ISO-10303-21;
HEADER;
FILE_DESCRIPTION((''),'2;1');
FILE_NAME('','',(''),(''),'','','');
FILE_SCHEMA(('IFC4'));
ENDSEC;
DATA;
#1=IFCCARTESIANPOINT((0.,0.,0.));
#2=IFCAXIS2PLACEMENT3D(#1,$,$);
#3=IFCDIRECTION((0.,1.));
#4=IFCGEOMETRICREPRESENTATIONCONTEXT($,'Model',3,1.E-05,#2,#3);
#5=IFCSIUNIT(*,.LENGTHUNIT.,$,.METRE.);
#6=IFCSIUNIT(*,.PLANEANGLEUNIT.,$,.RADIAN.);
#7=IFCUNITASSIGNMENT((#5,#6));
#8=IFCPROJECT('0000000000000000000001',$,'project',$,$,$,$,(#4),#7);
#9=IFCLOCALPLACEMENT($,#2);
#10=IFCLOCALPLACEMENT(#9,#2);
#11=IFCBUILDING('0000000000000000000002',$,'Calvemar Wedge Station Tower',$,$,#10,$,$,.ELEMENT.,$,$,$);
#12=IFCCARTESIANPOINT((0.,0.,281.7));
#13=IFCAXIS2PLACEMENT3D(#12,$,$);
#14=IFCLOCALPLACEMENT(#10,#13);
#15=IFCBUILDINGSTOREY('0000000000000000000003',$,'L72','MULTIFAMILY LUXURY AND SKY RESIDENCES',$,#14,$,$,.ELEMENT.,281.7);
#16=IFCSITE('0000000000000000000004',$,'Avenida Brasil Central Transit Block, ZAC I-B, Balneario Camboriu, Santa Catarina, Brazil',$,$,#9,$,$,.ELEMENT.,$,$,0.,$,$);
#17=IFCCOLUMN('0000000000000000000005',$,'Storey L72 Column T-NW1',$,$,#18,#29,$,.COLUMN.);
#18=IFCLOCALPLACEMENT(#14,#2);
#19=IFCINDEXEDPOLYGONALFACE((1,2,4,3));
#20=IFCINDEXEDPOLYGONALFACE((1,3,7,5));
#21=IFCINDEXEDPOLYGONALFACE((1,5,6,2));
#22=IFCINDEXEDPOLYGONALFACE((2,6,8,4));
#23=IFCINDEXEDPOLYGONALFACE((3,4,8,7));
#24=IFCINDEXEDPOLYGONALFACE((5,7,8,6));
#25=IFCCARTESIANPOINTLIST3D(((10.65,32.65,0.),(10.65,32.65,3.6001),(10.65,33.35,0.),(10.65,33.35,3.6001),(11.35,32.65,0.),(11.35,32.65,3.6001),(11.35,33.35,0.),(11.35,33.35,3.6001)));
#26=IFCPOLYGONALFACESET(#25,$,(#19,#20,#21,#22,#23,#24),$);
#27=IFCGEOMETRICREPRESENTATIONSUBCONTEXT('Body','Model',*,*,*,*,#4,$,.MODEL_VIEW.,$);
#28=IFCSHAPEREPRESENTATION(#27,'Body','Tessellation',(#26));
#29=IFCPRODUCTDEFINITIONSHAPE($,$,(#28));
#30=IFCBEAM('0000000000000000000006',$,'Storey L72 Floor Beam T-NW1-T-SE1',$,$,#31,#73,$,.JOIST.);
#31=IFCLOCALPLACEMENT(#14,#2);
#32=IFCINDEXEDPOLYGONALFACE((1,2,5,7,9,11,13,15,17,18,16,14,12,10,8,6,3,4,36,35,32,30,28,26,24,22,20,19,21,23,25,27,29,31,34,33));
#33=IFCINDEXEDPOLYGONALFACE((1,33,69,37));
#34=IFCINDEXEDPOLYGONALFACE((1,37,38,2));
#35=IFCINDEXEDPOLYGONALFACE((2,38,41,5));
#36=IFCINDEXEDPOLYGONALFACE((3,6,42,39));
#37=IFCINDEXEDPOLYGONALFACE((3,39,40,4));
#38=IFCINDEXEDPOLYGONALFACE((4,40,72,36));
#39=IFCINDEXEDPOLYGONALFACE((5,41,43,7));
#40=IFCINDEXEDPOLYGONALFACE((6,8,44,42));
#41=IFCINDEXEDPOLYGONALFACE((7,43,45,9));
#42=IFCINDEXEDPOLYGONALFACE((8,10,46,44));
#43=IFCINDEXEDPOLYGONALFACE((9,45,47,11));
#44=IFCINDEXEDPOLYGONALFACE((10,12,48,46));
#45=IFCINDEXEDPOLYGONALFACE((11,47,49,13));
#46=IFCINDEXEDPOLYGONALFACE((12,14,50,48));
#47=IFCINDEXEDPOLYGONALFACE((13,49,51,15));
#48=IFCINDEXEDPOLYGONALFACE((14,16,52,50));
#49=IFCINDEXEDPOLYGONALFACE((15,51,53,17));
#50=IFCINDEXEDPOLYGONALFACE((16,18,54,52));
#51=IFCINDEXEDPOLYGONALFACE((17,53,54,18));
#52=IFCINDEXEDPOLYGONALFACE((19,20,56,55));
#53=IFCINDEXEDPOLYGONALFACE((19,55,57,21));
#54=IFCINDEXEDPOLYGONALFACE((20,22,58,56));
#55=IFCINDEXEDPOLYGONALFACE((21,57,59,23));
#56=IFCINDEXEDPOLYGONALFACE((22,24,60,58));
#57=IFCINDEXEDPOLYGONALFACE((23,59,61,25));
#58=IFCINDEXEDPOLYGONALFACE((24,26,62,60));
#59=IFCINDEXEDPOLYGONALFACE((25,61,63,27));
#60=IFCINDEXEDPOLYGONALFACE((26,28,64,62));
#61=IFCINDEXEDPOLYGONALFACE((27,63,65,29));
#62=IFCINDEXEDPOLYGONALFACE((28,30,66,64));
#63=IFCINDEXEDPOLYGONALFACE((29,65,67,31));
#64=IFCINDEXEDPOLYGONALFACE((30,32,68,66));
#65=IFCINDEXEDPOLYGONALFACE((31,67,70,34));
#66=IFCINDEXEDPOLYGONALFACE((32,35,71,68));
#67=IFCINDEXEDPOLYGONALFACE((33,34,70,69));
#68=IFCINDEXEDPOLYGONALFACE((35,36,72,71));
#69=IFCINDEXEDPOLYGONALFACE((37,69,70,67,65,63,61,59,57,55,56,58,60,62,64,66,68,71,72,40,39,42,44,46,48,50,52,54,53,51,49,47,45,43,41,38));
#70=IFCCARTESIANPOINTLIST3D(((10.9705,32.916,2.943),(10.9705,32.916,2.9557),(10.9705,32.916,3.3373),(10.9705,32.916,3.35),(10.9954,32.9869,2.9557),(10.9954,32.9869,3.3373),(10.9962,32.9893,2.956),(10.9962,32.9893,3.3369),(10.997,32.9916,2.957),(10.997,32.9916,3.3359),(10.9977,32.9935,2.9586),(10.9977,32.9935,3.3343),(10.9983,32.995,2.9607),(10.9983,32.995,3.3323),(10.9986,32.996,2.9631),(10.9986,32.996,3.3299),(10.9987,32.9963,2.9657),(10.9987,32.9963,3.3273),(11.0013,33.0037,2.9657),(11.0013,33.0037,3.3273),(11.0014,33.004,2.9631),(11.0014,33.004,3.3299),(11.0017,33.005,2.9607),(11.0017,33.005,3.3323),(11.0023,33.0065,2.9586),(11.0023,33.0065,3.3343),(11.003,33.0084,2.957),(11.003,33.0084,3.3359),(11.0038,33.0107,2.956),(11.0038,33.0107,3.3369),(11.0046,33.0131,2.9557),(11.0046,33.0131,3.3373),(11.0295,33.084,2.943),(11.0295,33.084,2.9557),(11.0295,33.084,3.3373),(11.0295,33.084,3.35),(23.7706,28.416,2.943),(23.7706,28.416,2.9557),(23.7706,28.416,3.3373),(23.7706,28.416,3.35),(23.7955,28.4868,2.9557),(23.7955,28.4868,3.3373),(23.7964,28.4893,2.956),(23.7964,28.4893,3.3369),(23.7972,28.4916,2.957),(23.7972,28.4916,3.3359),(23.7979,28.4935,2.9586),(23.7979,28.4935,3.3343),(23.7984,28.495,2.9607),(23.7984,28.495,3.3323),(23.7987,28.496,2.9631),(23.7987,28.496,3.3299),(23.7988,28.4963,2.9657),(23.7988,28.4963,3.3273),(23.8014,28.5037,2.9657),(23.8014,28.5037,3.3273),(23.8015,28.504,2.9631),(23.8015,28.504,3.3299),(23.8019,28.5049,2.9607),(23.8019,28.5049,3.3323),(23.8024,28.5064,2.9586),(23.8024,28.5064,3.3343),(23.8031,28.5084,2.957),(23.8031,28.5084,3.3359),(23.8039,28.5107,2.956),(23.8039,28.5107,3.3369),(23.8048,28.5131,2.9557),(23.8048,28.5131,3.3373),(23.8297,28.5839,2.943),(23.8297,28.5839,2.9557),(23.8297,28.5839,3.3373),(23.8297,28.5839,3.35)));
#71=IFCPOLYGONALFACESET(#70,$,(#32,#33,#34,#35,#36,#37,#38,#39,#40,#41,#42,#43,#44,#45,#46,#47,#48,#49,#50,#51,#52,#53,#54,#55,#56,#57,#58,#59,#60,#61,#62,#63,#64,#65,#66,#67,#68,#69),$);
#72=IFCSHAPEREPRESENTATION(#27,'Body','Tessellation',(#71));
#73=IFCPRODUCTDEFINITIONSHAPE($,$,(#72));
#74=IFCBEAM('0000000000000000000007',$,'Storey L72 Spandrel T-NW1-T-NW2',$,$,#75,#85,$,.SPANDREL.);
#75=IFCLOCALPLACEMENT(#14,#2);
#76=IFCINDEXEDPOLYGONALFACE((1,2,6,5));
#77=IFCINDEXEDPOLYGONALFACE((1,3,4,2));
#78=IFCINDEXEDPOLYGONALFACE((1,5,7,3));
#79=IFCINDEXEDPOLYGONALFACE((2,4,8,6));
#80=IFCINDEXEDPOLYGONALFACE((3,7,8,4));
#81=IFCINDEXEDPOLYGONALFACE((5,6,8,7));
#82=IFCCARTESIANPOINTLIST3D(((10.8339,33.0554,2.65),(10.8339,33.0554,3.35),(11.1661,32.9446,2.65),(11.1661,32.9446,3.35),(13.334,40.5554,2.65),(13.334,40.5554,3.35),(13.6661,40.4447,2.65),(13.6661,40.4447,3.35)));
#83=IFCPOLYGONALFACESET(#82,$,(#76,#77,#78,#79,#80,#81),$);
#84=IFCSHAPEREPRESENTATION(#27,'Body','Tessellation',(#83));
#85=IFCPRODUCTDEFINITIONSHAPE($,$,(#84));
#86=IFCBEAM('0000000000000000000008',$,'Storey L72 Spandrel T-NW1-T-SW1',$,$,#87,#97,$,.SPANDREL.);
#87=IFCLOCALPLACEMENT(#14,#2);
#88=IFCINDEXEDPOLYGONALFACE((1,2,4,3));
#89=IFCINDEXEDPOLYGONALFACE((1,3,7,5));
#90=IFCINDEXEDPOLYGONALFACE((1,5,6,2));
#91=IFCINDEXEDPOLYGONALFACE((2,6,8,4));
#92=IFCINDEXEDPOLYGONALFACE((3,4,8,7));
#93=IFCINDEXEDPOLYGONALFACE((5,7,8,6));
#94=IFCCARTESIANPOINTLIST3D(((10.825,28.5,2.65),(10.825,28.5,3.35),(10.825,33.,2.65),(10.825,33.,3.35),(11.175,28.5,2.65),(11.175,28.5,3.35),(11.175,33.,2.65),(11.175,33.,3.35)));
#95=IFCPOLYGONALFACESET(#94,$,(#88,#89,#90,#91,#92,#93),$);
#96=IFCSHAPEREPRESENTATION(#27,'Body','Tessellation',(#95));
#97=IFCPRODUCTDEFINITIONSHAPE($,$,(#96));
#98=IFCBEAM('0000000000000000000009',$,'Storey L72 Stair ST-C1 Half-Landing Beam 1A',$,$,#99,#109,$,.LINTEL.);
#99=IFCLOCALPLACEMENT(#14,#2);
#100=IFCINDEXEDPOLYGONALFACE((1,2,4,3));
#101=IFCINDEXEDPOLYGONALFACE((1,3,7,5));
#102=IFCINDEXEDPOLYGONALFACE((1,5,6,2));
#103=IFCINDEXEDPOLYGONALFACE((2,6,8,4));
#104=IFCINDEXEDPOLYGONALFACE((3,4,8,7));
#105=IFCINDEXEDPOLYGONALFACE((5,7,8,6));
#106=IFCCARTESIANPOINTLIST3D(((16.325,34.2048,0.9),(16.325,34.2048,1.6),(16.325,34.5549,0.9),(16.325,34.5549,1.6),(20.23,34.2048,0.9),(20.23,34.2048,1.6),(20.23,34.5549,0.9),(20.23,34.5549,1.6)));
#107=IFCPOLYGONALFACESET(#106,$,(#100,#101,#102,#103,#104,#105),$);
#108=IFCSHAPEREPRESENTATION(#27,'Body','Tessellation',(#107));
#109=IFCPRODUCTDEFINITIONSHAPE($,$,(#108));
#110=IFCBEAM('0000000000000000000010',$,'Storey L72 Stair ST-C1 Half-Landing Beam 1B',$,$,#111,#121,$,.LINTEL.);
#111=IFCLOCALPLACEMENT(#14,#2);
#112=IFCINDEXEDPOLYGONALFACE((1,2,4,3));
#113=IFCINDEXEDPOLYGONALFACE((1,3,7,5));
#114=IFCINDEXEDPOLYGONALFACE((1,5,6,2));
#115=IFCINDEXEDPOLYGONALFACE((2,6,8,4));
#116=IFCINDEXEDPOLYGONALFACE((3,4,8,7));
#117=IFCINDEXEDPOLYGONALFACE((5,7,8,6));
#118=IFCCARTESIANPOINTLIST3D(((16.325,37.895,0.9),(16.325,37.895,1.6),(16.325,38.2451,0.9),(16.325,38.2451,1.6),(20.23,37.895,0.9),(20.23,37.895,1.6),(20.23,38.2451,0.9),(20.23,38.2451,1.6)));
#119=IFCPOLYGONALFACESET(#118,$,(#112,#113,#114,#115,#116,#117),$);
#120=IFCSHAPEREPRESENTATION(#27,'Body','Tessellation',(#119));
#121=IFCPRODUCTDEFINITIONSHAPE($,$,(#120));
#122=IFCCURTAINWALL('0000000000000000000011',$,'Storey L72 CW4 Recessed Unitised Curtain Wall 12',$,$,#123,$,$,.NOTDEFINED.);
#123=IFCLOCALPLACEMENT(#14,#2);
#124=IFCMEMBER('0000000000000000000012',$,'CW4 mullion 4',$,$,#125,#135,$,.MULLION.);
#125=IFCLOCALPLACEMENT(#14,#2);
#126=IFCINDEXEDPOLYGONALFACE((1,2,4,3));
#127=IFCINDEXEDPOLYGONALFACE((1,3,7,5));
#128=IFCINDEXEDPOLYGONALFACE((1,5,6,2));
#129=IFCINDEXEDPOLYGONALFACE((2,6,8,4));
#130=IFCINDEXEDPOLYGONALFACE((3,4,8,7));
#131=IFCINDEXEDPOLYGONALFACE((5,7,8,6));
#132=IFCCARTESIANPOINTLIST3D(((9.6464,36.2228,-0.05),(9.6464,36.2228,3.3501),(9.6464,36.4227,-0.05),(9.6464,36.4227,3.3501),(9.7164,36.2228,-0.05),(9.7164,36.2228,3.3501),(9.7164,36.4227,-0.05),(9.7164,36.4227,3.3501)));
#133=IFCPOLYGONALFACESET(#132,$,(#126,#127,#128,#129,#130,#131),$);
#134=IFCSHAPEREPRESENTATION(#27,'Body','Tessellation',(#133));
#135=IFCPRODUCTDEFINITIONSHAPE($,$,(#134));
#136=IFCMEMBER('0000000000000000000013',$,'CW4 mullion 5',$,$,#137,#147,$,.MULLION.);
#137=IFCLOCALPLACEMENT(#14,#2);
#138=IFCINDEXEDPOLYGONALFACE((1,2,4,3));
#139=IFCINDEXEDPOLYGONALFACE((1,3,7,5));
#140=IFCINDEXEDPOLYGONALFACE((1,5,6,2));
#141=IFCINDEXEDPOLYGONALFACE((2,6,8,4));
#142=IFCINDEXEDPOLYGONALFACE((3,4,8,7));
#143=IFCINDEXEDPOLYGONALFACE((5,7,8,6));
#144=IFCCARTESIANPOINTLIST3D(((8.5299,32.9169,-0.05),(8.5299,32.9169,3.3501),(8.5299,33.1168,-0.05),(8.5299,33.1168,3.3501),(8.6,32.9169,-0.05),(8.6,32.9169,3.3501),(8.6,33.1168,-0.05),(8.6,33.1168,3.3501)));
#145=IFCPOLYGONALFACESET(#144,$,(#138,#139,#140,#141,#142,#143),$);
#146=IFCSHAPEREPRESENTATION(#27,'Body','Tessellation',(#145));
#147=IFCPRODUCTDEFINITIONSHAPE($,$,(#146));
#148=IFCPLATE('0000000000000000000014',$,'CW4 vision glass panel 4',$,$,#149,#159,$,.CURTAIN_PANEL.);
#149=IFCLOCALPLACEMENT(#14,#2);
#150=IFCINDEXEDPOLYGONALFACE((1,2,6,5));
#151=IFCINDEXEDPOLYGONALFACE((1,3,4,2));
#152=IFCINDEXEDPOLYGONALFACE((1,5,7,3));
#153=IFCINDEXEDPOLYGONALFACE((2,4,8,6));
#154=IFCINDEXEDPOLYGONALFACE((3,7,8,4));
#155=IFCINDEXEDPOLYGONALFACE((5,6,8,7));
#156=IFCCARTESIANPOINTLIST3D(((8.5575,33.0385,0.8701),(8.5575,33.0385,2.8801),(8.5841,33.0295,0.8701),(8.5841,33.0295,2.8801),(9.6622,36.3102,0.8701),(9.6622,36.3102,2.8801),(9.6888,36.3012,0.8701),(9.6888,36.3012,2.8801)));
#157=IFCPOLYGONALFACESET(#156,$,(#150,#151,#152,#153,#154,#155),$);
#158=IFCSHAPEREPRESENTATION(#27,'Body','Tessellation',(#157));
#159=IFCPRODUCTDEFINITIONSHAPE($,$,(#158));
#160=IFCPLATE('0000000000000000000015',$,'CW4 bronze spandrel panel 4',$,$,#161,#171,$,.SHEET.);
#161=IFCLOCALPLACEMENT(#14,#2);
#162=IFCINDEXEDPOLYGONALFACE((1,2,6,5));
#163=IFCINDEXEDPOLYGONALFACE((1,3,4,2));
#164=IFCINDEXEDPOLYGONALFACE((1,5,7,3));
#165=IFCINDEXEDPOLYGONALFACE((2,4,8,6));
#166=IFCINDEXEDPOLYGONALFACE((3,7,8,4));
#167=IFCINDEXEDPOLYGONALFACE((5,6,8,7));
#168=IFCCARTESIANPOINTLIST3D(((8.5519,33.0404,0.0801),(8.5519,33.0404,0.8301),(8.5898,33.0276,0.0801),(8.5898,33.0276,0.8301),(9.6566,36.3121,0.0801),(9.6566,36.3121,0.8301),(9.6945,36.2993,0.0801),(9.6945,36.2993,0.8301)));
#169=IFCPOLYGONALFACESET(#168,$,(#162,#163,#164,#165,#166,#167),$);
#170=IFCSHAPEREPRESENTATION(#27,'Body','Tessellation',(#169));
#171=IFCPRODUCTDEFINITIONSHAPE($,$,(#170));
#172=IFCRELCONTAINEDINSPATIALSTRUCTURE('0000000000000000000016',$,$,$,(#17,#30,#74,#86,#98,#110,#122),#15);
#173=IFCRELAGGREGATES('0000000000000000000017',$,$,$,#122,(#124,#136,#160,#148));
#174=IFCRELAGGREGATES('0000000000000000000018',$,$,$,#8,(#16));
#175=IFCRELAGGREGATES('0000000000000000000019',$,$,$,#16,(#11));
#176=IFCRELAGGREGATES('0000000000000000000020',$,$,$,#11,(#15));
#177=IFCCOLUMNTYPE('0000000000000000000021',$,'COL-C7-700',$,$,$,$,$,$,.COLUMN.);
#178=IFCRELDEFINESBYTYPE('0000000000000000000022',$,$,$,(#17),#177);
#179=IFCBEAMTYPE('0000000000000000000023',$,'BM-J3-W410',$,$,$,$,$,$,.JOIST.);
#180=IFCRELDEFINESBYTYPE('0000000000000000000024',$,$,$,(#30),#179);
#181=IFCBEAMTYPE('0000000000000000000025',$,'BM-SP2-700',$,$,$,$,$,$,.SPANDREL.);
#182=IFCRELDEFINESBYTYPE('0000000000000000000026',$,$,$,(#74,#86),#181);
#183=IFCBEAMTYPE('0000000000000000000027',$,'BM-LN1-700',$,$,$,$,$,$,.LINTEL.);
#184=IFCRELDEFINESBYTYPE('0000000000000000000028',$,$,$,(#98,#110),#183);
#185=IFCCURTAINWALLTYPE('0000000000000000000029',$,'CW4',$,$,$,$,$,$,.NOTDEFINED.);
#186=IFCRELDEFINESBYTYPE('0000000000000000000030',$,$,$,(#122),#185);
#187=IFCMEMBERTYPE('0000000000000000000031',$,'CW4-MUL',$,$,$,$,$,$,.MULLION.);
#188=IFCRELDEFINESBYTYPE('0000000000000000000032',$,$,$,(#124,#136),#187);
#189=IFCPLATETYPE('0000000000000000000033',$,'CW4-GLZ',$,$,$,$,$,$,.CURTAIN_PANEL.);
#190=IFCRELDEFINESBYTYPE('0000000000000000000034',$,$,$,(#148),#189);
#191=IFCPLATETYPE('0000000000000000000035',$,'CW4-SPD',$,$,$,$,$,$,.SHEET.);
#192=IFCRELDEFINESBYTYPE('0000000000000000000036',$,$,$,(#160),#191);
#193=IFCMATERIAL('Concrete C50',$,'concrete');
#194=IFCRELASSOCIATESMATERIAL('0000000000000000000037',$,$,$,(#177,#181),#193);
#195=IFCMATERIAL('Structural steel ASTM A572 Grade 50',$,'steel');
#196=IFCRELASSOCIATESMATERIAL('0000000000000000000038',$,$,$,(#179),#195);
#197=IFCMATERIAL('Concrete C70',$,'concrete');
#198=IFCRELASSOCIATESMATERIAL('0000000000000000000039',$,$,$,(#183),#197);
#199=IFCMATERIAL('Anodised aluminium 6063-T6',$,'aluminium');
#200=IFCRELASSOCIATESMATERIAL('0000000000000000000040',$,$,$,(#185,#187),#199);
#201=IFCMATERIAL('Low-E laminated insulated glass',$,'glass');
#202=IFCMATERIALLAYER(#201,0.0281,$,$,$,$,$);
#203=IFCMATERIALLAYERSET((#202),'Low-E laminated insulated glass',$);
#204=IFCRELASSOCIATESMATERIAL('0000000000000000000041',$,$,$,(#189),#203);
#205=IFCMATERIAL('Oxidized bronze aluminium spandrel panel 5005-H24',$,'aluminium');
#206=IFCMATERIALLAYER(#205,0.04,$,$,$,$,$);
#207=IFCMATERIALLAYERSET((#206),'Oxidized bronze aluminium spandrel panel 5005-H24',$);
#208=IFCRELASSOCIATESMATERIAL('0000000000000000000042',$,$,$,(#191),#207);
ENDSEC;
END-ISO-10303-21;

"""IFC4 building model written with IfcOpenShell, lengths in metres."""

from ifc_helpers import new_model, si_unit, direction, frame, frame_2d, origin, origin_2d, place, context, subcontext, project, spatial, rectangle, i_section, extrude, source, transform, mapped, material, layer, layer_set, material_profile, profile_set, type_object, element, aggregate, save


model = new_model("IFC4")

# Units and contexts
model_context = context("Model", 3, precision=1e-05, world=origin(), true_north=direction((0.0, 1.0)))
body_context = subcontext(model_context, "Body", "Model", "MODEL_VIEW")
ifc_project = project(units=[si_unit("LENGTHUNIT", "METRE"), si_unit("PLANEANGLEUNIT", "RADIAN")], contexts=[model_context])

# Site, building, storey
site_placement = place(None, origin())
site = spatial("IfcSite", under=ifc_project, at=site_placement, Name="Avenida Brasil Central Transit Block, ZAC I-B, Balneario Camboriu, Santa Catarina, Brazil", CompositionType="ELEMENT", RefElevation=0.0)
building_placement = place(site_placement, origin())
building = spatial("IfcBuilding", under=site, at=building_placement, Name="Calvemar Wedge Station Tower", CompositionType="ELEMENT")
storey_placement = place(building_placement, frame((0.0, 0.0, 281.7)))
storey = spatial("IfcBuildingStorey", under=building, at=storey_placement, Name="L72", Description="MULTIFAMILY LUXURY AND SKY RESIDENCES", CompositionType="ELEMENT", Elevation=281.7)

# Column
ifc_material_1 = material(Name="Concrete C50", Category="concrete")
ifc_material_profile_1 = material_profile(ifc_material_1, rectangle(XDim=0.7, YDim=0.7, at=origin_2d()), Name="RC700x700")
ifc_profile_set_1 = profile_set([ifc_material_profile_1], Name="Concrete C50")
column_type = type_object("IfcColumnType", Name="COL-C7-700", PredefinedType="COLUMN", material=ifc_profile_set_1)
shared_shape_1 = source(origin(), body_context, "Body", "SweptSolid", [
    extrude(rectangle(XDim=0.7, YDim=0.7, at=origin_2d()), origin(), (0.0, 0.0, 1.0), 3.6001),
])
column_placement = place(storey_placement, frame((11.0, 33.0, 0.0), z_axis=(0.0, 0.0, 1.0), x_axis=(1.0, 0.0, 0.0)))
element("IfcColumn", 1, at=column_placement, inside=storey, type_object=column_type, Name="Storey L72 Column T-NW1", PredefinedType="COLUMN", context=body_context, shape_type="MappedRepresentation", body=[
    mapped(shared_shape_1, transform((0.0, 0.0, 0.0), scale=1.0)),
])

# Beams
ifc_material_2 = material(Name="Structural steel ASTM A572 Grade 50", Category="steel")
ifc_material_profile_2 = material_profile(ifc_material_2, i_section(OverallWidth=0.178, OverallDepth=0.407, WebThickness=0.0078, FlangeThickness=0.0127, FilletRadius=0.01, at=origin_2d()), Name="W410x60")
ifc_profile_set_2 = profile_set([ifc_material_profile_2], Name="Structural steel ASTM A572 Grade 50")
beam_type_1 = type_object("IfcBeamType", Name="BM-J3-W410", PredefinedType="JOIST", material=ifc_profile_set_2)
shared_shape_2 = source(origin(), body_context, "Body", "SweptSolid", [
    extrude(i_section(OverallWidth=0.178, OverallDepth=0.407, WebThickness=0.0078, FlangeThickness=0.0127, FilletRadius=0.01, at=origin_2d()), origin(), (0.0, 0.0, 1.0), 13.5681),
])
beam_1_placement = place(storey_placement, frame((11.0, 33.0, 3.1465), z_axis=(0.943398, -0.331662, 0.0), x_axis=(0.331662, 0.943398, 0.0)))
element("IfcBeam", 2, at=beam_1_placement, inside=storey, type_object=beam_type_1, Name="Storey L72 Floor Beam T-NW1-T-SE1", PredefinedType="JOIST", context=body_context, shape_type="MappedRepresentation", body=[
    mapped(shared_shape_2, transform((0.0, 0.0, 0.0), scale=1.0)),
])
ifc_material_profile_3 = material_profile(ifc_material_1, rectangle(XDim=0.3501, YDim=0.7, at=origin_2d()), Name="RC350x700")
ifc_profile_set_3 = profile_set([ifc_material_profile_3], Name="Concrete C50")
beam_type_2 = type_object("IfcBeamType", Name="BM-SP2-700", PredefinedType="SPANDREL", material=ifc_profile_set_3)
shared_shape_3 = source(origin(), body_context, "Body", "SweptSolid", [
    extrude(rectangle(XDim=0.3501, YDim=0.7, at=origin_2d()), origin(), (0.0, 0.0, 1.0), 7.9058),
])
beam_2_placement = place(storey_placement, frame((11.0, 33.0, 3.0), z_axis=(0.316228, 0.948683, 0.0), x_axis=(-0.948683, 0.316228, 0.0)))
element("IfcBeam", 3, at=beam_2_placement, inside=storey, type_object=beam_type_2, Name="Storey L72 Spandrel T-NW1-T-NW2", PredefinedType="SPANDREL", context=body_context, shape_type="MappedRepresentation", body=[
    mapped(shared_shape_3, transform((0.0, 0.0, 0.0), scale=1.0)),
])
shared_shape_4 = source(origin(), body_context, "Body", "SweptSolid", [
    extrude(rectangle(XDim=0.3501, YDim=0.7, at=origin_2d()), origin(), (0.0, 0.0, 1.0), 4.5),
])
beam_3_placement = place(storey_placement, frame((11.0, 33.0, 3.0), z_axis=(0.0, -1.0, 0.0), x_axis=(1.0, 0.0, 0.0)))
element("IfcBeam", 4, at=beam_3_placement, inside=storey, type_object=beam_type_2, Name="Storey L72 Spandrel T-NW1-T-SW1", PredefinedType="SPANDREL", context=body_context, shape_type="MappedRepresentation", body=[
    mapped(shared_shape_4, transform((0.0, 0.0, 0.0), scale=1.0)),
])
ifc_material_3 = material(Name="Concrete C70", Category="concrete")
ifc_material_profile_4 = material_profile(ifc_material_3, rectangle(XDim=0.3501, YDim=0.7, at=origin_2d()), Name="RC350x700")
ifc_profile_set_4 = profile_set([ifc_material_profile_4], Name="Concrete C70")
beam_type_3 = type_object("IfcBeamType", Name="BM-LN1-700", PredefinedType="LINTEL", material=ifc_profile_set_4)
shared_shape_5 = source(origin(), body_context, "Body", "SweptSolid", [
    extrude(rectangle(XDim=0.3501, YDim=0.7, at=origin_2d()), origin(), (0.0, 0.0, 1.0), 3.905),
])
for number, where, z_axis, x_axis, name in (
    (5, (16.325, 34.3799, 1.25), (1.0, 0.0, 0.0), (0.0, 1.0, 0.0), "Storey L72 Stair ST-C1 Half-Landing Beam 1A"),
    (6, (16.325, 38.0701, 1.25), (1.0, 0.0, 0.0), (0.0, 1.0, 0.0), "Storey L72 Stair ST-C1 Half-Landing Beam 1B"),
):
    element("IfcBeam", number, at=place(storey_placement, frame(where, z_axis=z_axis, x_axis=x_axis)), inside=storey, type_object=beam_type_3, Name=name, PredefinedType="LINTEL", context=body_context, shape_type="MappedRepresentation", body=[
        mapped(shared_shape_5, transform((0.0, 0.0, 0.0), scale=1.0)),
    ])

# Curtain wall, members, plates
ifc_material_4 = material(Name="Anodised aluminium 6063-T6", Category="aluminium")
curtain_wall_type = type_object("IfcCurtainWallType", Name="CW4", PredefinedType="NOTDEFINED", material=ifc_material_4)
curtain_wall_placement = place(storey_placement, origin())
curtain_wall = element("IfcCurtainWall", 7, at=curtain_wall_placement, inside=storey, type_object=curtain_wall_type, Name="Storey L72 CW4 Recessed Unitised Curtain Wall 12", PredefinedType="NOTDEFINED")
ifc_material_profile_5 = material_profile(ifc_material_4, rectangle(XDim=0.0701, YDim=0.2, at=origin_2d()), Name="AL-MUL-70x200")
ifc_profile_set_5 = profile_set([ifc_material_profile_5], Name="Anodised aluminium 6063-T6")
member_type = type_object("IfcMemberType", Name="CW4-MUL", PredefinedType="MULLION", material=ifc_profile_set_5)
shared_shape_6 = source(origin(), body_context, "Body", "SweptSolid", [
    extrude(rectangle(XDim=0.0701, YDim=0.2, at=origin_2d()), origin(), (0.0, 0.0, 1.0), 3.4001),
])
member_1_placement = place(storey_placement, frame((9.6814, 36.3228, -0.05), z_axis=(0.0, 0.0, 1.0), x_axis=(1.0, 0.0, 0.0)))
member_1 = element("IfcMember", 8, at=member_1_placement, type_object=member_type, Name="CW4 mullion 4", PredefinedType="MULLION", context=body_context, shape_type="MappedRepresentation", body=[
    mapped(shared_shape_6, transform((0.0, 0.0, 0.0), scale=1.0)),
])
member_2_placement = place(storey_placement, frame((8.5649, 33.0168, -0.05), z_axis=(0.0, 0.0, 1.0), x_axis=(1.0, 0.0, 0.0)))
member_2 = element("IfcMember", 9, at=member_2_placement, type_object=member_type, Name="CW4 mullion 5", PredefinedType="MULLION", context=body_context, shape_type="MappedRepresentation", body=[
    mapped(shared_shape_6, transform((0.0, 0.0, 0.0), scale=1.0)),
])
ifc_material_5 = material(Name="Low-E laminated insulated glass", Category="glass")
ifc_layer_1 = layer(ifc_material_5, 0.0281)
ifc_layer_set_1 = layer_set([ifc_layer_1], Name="Low-E laminated insulated glass")
plate_type_1 = type_object("IfcPlateType", Name="CW4-GLZ", PredefinedType="CURTAIN_PANEL", material=ifc_layer_set_1)
plate_1_placement = place(storey_placement, frame((9.6755, 36.3057, 0.8701), z_axis=(0.0, 0.0, 1.0), x_axis=(-0.319916, -0.947446, 0.0)))
plate_1 = element("IfcPlate", 10, at=plate_1_placement, type_object=plate_type_1, Name="CW4 vision glass panel 4", PredefinedType="CURTAIN_PANEL", context=body_context, shape_type="SweptSolid", body=[
    extrude(rectangle(XDim=3.4531, YDim=0.0281, at=frame_2d((1.7266, 0.0))), origin(), (0.0, 0.0, 1.0), 2.01),
])
ifc_material_6 = material(Name="Oxidized bronze aluminium spandrel panel 5005-H24", Category="aluminium")
ifc_layer_2 = layer(ifc_material_6, 0.04)
ifc_layer_set_2 = layer_set([ifc_layer_2], Name="Oxidized bronze aluminium spandrel panel 5005-H24")
plate_type_2 = type_object("IfcPlateType", Name="CW4-SPD", PredefinedType="SHEET", material=ifc_layer_set_2)
plate_2_placement = place(storey_placement, frame((9.6755, 36.3057, 0.0801), z_axis=(0.0, 0.0, 1.0), x_axis=(-0.319916, -0.947446, 0.0)))
plate_2 = element("IfcPlate", 11, at=plate_2_placement, type_object=plate_type_2, Name="CW4 bronze spandrel panel 4", PredefinedType="SHEET", context=body_context, shape_type="SweptSolid", body=[
    extrude(rectangle(XDim=3.4531, YDim=0.04, at=frame_2d((1.7266, 0.0))), origin(), (0.0, 0.0, 1.0), 0.75),
])
aggregate(curtain_wall, [member_1, member_2, plate_2, plate_1])

save(model, "model.ifc")
